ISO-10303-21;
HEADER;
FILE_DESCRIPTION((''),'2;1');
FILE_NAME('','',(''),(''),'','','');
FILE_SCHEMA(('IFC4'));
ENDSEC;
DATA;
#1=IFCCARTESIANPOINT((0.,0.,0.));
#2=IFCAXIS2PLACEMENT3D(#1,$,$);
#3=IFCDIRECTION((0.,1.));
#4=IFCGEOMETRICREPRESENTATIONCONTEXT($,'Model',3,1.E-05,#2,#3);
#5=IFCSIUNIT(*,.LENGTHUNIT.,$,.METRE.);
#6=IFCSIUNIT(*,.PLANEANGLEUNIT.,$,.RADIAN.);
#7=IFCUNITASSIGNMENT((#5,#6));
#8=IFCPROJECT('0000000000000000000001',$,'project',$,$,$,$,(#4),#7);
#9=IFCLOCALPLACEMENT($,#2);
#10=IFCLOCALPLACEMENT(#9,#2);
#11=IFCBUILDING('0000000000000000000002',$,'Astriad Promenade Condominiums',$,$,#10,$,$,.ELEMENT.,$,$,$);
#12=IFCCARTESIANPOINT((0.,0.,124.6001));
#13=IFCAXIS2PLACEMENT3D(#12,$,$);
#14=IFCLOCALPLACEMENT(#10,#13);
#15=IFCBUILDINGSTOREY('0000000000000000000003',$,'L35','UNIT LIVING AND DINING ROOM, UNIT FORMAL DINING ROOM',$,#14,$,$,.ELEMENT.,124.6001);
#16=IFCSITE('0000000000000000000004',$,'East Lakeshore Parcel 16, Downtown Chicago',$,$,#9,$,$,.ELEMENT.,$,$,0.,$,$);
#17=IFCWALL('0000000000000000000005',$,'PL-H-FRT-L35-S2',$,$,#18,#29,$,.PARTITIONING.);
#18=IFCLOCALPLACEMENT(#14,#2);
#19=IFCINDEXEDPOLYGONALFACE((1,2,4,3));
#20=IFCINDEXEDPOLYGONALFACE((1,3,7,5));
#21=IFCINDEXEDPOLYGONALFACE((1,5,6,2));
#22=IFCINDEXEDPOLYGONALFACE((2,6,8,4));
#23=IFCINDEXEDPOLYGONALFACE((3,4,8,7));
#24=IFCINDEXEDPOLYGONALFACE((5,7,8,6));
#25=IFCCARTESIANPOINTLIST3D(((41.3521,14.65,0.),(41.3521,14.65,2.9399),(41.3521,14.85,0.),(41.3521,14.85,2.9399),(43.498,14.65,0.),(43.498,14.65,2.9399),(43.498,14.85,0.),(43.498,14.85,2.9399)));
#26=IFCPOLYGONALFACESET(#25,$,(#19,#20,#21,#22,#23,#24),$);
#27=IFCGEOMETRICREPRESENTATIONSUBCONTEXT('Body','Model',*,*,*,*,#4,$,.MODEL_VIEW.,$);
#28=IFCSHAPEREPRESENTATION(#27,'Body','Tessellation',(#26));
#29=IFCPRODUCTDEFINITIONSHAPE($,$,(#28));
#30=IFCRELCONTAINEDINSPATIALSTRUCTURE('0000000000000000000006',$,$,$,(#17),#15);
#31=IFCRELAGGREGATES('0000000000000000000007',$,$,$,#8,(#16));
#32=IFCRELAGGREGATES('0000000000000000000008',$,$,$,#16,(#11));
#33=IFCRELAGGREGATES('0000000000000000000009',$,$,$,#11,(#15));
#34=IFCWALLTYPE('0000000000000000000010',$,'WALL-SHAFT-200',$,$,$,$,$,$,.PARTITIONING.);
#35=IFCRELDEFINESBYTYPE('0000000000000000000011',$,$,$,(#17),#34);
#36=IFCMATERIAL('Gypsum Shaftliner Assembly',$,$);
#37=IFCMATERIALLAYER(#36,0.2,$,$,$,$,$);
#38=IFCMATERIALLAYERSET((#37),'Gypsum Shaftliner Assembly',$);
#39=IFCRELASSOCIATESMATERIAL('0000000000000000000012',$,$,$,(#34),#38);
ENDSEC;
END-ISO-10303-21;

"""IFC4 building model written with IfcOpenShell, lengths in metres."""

from ifc_helpers import new_model, si_unit, direction, frame, frame_2d, origin, place, context, subcontext, project, spatial, rectangle, extrude, material, layer, layer_set, type_object, element, save


model = new_model("IFC4")

# Units and contexts
model_context = context("Model", 3, precision=1e-05, world=origin(), true_north=direction((0.0, 1.0)))
body_context = subcontext(model_context, "Body", "Model", "MODEL_VIEW")
ifc_project = project(units=[si_unit("LENGTHUNIT", "METRE"), si_unit("PLANEANGLEUNIT", "RADIAN")], contexts=[model_context])

# Site, building, storey
site_placement = place(None, origin())
site = spatial("IfcSite", under=ifc_project, at=site_placement, Name="East Lakeshore Parcel 16, Downtown Chicago", CompositionType="ELEMENT", RefElevation=0.0)
building_placement = place(site_placement, origin())
building = spatial("IfcBuilding", under=site, at=building_placement, Name="Astriad Promenade Condominiums", CompositionType="ELEMENT")
storey_placement = place(building_placement, frame((0.0, 0.0, 124.6001)))
storey = spatial("IfcBuildingStorey", under=building, at=storey_placement, Name="L35", Description="UNIT LIVING AND DINING ROOM, UNIT FORMAL DINING ROOM", CompositionType="ELEMENT", Elevation=124.6001)

# Shared definitions
ifc_material_1 = material(Name="Gypsum Shaftliner Assembly")
ifc_layer_1 = layer(ifc_material_1, 0.2)
ifc_layer_set_1 = layer_set([ifc_layer_1], Name="Gypsum Shaftliner Assembly")
wall_type_1 = type_object("IfcWallType", Name="WALL-SHAFT-200", PredefinedType="PARTITIONING", material=ifc_layer_set_1)

# Wall
for number, where, z_axis, x_axis, name in (
    (1, (41.3521, 14.75, 0.0), (0.0, 0.0, 1.0), (1.0, 0.0, 0.0), "PL-H-FRT-L35-S2"),
):
    element("IfcWall", number, at=place(storey_placement, frame(where, z_axis=z_axis, x_axis=x_axis)), inside=storey, type_object=wall_type_1, Name=name, PredefinedType="PARTITIONING", context=body_context, shape_type="SweptSolid", body=[
        extrude(rectangle(XDim=2.146, YDim=0.2, at=frame_2d((1.073, 0.0))), origin(), (0.0, 0.0, 1.0), 2.9399),
    ])

save(model, "model.ifc")
